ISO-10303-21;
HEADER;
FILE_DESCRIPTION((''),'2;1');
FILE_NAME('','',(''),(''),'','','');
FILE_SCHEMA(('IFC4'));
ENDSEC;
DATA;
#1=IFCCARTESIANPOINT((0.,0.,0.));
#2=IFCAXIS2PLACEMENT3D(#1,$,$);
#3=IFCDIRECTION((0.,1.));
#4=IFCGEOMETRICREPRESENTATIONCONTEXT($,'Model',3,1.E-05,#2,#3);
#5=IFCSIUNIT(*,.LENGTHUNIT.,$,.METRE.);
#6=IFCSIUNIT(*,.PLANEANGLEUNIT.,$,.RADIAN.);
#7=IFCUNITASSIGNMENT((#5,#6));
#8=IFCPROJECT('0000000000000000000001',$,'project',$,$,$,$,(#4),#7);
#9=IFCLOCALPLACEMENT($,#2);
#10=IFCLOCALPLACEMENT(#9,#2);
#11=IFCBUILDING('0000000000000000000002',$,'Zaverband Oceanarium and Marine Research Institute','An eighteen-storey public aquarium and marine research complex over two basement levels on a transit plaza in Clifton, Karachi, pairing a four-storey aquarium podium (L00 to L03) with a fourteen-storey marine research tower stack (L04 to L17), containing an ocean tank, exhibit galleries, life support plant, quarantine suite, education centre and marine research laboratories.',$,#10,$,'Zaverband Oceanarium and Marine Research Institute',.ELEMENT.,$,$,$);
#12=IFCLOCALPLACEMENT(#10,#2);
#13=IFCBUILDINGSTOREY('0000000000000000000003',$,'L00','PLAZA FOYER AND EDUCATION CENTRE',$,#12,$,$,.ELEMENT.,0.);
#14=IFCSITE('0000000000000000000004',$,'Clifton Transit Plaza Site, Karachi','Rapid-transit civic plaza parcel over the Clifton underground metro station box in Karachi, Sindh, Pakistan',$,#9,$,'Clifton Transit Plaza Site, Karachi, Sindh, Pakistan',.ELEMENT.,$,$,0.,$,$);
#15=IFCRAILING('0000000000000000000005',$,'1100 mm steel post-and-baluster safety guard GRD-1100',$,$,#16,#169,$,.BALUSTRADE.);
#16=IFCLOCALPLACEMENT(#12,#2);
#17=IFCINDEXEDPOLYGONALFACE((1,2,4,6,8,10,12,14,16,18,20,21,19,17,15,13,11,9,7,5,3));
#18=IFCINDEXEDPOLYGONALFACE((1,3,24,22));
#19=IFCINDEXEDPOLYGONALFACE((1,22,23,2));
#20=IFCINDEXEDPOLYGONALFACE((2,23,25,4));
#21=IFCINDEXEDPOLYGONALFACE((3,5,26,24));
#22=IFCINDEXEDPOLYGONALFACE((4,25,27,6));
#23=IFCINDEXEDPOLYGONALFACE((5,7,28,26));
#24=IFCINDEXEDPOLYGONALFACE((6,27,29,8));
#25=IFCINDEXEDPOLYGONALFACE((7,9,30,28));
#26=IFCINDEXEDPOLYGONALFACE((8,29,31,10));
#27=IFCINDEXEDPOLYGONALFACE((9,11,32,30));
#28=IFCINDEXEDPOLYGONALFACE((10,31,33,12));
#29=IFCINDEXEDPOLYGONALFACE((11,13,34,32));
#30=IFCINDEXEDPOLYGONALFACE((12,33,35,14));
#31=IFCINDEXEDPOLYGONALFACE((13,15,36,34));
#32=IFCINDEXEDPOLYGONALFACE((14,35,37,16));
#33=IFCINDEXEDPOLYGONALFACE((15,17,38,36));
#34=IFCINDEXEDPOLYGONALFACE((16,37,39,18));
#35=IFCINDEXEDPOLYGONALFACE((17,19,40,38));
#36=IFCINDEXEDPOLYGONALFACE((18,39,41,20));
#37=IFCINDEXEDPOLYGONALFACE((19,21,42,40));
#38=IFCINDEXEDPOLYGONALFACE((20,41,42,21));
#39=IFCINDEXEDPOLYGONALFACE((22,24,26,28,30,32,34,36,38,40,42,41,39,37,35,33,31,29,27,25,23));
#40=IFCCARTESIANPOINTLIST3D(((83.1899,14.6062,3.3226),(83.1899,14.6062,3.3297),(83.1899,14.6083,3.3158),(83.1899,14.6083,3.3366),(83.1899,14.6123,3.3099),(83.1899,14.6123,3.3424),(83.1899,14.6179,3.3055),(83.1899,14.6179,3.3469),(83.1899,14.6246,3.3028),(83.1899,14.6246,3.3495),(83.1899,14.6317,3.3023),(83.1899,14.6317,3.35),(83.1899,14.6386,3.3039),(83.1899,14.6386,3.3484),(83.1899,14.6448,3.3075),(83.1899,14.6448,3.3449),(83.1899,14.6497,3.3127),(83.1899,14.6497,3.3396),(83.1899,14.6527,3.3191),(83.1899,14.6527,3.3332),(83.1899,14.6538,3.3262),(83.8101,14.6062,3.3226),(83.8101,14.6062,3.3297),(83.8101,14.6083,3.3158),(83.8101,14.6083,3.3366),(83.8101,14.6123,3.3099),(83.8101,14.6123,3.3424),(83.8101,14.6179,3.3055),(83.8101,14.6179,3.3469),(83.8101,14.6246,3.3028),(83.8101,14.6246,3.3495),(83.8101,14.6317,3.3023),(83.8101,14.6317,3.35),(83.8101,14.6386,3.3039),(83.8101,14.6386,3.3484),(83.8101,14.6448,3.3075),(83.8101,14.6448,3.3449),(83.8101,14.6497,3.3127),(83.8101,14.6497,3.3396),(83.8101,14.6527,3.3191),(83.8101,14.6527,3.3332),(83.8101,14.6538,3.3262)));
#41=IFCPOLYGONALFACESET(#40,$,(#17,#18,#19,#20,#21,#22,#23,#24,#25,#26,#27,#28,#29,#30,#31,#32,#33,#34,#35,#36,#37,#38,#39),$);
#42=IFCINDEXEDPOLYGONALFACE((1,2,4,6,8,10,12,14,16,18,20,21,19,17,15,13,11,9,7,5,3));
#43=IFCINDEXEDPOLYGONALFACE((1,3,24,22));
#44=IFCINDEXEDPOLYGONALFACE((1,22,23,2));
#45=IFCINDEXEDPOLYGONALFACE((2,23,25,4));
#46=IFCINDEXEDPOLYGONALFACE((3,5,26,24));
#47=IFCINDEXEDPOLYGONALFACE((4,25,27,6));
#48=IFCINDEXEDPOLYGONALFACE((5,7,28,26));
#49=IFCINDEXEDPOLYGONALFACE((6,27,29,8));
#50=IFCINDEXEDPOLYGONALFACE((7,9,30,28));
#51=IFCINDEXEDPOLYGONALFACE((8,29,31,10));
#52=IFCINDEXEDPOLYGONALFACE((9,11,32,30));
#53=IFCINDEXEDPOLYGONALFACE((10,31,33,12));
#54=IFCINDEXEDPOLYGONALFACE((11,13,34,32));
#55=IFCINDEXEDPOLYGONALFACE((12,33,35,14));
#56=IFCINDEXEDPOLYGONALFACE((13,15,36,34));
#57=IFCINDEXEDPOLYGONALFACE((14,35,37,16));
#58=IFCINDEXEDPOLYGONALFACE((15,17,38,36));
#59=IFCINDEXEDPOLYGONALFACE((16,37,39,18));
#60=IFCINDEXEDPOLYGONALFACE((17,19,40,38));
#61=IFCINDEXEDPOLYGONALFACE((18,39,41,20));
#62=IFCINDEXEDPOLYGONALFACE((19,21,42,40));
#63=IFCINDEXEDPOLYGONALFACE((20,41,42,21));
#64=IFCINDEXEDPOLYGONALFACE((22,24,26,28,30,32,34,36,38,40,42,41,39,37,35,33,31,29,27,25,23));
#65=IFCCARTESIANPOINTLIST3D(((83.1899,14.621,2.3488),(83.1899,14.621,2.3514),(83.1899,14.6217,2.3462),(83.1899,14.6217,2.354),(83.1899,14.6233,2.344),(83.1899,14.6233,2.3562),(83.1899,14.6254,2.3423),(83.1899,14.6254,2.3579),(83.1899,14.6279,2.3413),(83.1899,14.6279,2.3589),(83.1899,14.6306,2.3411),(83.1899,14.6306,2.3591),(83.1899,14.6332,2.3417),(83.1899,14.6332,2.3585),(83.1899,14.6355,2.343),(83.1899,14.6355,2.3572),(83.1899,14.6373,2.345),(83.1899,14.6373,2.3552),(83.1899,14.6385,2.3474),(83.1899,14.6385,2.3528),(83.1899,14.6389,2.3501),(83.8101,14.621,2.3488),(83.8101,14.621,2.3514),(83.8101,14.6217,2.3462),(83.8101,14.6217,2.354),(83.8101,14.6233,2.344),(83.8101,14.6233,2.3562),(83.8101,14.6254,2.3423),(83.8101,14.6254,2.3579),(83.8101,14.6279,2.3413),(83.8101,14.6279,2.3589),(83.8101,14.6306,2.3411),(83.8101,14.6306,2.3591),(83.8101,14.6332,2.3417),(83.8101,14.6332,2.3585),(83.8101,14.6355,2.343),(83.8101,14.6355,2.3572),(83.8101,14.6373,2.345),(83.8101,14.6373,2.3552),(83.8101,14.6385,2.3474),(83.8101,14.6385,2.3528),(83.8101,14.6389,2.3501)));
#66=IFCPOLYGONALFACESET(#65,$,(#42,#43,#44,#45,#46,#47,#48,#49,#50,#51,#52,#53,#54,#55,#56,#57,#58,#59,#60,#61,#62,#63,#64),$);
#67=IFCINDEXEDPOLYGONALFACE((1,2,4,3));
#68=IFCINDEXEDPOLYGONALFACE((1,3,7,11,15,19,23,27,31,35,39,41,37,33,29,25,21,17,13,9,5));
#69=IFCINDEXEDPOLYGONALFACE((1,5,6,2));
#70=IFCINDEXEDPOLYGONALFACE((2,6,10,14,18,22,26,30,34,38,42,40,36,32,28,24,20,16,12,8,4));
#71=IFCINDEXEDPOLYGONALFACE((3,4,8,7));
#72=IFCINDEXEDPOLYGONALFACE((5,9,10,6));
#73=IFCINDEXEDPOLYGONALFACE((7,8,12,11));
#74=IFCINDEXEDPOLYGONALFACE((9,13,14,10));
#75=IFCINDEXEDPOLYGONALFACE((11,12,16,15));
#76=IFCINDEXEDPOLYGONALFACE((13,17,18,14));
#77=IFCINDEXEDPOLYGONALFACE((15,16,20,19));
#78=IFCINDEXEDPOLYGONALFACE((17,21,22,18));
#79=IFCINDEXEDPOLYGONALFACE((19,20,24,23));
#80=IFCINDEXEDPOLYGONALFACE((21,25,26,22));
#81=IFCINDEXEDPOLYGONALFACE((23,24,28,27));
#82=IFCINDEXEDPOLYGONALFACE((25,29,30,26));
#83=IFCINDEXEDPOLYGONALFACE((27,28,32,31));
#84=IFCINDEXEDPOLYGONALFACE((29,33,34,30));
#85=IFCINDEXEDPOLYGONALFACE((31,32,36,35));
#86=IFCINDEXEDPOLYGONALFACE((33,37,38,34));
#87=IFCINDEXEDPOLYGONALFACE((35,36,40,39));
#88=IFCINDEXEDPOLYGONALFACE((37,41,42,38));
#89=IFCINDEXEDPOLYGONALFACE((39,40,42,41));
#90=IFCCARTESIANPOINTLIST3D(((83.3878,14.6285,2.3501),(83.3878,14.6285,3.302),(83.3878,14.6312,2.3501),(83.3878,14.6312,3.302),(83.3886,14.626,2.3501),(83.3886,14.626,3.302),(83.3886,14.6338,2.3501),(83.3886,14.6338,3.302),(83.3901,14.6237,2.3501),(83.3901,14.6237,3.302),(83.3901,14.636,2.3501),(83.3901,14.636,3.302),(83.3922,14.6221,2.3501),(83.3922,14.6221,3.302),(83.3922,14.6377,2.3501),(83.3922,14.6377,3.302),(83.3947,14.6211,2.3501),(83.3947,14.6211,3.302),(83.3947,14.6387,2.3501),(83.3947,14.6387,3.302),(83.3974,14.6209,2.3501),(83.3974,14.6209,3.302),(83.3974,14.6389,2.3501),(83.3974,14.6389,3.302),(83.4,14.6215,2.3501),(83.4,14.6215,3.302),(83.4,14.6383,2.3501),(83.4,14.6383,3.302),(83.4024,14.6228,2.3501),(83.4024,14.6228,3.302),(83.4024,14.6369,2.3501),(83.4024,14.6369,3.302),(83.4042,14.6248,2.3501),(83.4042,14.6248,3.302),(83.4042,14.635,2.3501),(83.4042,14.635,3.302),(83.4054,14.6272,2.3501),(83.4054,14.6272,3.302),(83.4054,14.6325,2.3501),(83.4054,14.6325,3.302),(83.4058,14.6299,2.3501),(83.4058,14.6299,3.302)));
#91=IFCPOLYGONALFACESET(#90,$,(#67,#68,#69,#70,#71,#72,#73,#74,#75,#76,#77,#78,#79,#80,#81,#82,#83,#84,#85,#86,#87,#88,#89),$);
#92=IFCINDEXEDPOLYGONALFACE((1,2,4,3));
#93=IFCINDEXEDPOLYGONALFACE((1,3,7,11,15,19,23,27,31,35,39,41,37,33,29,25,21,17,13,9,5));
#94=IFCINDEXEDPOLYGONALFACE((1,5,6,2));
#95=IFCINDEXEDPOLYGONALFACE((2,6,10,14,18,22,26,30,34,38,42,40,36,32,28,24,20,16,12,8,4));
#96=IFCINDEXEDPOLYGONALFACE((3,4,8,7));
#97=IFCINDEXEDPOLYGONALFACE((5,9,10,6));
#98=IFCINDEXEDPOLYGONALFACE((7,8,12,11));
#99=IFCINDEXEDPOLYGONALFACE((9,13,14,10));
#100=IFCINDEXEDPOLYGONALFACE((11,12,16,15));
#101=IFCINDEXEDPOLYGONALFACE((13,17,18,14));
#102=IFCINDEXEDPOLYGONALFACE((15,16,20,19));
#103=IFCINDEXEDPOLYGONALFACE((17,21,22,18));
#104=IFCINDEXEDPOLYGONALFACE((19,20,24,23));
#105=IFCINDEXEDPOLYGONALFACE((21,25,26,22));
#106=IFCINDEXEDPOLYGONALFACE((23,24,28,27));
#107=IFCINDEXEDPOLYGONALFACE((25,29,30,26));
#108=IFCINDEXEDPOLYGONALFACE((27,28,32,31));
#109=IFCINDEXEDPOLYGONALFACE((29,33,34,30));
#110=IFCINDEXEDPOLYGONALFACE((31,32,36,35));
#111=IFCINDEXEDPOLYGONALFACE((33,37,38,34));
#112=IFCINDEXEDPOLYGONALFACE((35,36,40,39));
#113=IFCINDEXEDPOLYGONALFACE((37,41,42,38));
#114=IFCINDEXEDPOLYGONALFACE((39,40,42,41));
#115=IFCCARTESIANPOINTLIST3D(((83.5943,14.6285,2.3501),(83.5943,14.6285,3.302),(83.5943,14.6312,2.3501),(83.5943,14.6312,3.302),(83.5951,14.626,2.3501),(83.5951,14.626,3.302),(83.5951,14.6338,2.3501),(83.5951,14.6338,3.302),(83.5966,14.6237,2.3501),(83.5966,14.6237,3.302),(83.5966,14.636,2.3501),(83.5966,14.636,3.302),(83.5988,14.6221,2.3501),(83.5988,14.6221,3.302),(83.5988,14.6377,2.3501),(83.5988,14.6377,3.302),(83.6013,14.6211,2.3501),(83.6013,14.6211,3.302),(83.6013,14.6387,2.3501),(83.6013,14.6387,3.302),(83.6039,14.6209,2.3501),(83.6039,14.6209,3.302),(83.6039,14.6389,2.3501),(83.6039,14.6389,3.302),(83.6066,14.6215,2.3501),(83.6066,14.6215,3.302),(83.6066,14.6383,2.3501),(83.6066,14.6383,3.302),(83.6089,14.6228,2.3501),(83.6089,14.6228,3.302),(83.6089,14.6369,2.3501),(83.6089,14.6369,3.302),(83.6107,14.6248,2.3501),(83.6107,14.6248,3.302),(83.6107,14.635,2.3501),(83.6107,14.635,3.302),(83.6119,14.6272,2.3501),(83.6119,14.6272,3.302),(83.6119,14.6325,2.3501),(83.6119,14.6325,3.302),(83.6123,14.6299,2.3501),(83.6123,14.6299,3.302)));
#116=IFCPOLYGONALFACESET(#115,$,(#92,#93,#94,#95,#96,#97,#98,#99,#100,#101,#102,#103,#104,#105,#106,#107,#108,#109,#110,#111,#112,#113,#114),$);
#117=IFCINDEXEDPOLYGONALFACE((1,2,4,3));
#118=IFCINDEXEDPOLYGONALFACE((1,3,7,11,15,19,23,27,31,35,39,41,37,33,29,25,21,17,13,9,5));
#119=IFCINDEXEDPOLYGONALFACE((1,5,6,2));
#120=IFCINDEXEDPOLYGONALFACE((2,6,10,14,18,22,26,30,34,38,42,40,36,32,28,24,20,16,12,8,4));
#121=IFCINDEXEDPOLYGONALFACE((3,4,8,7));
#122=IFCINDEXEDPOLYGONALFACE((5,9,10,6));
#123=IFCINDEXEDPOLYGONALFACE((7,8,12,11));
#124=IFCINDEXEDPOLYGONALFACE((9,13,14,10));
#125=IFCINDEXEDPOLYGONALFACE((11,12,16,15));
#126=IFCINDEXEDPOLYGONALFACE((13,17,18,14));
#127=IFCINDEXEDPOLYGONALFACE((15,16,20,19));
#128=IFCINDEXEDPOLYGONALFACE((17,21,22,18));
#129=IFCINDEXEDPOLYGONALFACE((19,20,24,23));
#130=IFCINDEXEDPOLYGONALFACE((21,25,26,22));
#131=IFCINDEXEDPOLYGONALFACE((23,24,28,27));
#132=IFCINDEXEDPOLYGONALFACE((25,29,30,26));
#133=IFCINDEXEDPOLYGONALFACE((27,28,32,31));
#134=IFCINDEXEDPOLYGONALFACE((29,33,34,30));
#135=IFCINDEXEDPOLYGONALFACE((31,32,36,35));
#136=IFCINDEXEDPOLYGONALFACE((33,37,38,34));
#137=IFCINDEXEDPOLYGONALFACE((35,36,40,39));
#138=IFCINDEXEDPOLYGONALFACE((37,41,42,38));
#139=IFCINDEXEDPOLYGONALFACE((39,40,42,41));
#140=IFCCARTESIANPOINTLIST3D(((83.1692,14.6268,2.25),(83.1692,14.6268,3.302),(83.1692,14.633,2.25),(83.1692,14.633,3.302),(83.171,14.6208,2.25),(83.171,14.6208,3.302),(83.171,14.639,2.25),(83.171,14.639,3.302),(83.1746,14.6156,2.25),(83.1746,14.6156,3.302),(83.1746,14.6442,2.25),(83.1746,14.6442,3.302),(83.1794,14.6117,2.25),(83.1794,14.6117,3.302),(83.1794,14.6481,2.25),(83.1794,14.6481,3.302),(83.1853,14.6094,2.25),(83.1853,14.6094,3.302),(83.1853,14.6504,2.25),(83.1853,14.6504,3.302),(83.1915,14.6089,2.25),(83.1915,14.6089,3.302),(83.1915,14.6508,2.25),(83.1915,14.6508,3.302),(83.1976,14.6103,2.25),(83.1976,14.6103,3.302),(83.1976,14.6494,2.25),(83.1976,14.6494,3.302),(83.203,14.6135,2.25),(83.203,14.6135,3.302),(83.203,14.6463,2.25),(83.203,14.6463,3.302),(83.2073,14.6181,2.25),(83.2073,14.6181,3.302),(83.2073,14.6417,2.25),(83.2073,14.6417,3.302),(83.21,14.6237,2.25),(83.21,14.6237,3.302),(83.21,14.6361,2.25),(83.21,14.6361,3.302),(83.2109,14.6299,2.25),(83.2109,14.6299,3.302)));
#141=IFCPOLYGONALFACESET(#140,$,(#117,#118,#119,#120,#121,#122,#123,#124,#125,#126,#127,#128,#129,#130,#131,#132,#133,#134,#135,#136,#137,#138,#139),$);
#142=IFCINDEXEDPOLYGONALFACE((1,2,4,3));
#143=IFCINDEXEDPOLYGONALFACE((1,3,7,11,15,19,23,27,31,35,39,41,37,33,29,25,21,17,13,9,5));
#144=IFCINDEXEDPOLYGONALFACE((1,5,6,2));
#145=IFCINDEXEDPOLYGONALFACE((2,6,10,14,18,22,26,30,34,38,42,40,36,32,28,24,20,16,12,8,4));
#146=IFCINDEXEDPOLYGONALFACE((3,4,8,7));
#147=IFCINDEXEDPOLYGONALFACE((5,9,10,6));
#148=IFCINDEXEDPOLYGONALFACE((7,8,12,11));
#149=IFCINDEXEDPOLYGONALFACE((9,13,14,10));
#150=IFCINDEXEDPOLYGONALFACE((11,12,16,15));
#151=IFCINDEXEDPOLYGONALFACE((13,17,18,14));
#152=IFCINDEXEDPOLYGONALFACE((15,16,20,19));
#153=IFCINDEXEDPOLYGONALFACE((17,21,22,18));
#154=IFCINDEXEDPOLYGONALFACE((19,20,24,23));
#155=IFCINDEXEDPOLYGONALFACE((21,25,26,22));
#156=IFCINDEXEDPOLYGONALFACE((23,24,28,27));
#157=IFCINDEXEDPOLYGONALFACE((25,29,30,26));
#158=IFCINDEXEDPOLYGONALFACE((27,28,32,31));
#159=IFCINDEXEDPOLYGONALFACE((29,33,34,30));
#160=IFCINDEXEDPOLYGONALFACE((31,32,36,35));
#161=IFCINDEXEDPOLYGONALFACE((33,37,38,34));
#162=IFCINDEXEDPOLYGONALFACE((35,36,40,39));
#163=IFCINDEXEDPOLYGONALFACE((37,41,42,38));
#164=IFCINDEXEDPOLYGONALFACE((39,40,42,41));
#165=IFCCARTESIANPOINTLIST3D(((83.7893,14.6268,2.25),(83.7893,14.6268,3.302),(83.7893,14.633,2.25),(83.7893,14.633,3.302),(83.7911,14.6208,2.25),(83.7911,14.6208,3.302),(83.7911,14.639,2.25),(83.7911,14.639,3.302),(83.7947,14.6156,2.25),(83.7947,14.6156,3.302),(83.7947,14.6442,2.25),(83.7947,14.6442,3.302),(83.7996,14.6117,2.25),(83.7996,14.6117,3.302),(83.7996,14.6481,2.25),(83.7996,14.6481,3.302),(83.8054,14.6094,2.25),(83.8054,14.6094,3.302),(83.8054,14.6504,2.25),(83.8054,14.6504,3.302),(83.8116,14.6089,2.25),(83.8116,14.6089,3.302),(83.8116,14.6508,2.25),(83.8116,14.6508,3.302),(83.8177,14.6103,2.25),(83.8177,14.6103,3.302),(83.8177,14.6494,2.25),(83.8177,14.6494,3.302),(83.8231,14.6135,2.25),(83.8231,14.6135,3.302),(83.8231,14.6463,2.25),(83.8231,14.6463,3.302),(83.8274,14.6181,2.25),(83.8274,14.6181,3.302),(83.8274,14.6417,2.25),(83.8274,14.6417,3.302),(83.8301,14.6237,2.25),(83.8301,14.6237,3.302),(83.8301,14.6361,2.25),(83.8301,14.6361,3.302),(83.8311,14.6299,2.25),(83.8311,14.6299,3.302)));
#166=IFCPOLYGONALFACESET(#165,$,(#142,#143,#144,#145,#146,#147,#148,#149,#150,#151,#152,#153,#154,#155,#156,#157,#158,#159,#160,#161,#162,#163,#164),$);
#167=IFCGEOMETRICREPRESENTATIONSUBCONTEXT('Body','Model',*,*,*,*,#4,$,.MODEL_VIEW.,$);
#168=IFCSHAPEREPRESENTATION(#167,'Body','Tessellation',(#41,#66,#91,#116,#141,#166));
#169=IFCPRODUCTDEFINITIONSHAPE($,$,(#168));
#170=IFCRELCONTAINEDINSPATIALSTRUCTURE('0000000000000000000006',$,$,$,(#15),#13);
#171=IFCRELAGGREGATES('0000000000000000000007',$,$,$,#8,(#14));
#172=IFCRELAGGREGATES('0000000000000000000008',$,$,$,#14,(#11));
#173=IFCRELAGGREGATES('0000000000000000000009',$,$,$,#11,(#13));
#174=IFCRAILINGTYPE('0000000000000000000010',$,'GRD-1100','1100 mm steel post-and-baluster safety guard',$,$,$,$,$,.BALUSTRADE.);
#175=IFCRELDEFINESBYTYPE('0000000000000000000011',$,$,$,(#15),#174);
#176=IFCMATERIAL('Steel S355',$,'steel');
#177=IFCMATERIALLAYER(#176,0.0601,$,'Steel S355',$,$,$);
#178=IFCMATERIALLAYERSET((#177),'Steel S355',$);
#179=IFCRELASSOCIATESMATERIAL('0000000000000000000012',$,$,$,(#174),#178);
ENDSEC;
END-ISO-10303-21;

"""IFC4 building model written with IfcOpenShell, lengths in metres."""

from ifc_helpers import new_model, si_unit, direction, frame, origin, origin_2d, place, context, subcontext, project, spatial, circle, extrude, material, layer, layer_set, type_object, element, save


model = new_model("IFC4")

# Units and contexts
model_context = context("Model", 3, precision=1e-05, world=origin(), true_north=direction((0.0, 1.0)))
body_context = subcontext(model_context, "Body", "Model", "MODEL_VIEW")
ifc_project = project(units=[si_unit("LENGTHUNIT", "METRE"), si_unit("PLANEANGLEUNIT", "RADIAN")], contexts=[model_context])

# Site, building, storey
site_placement = place(None, origin())
site = spatial("IfcSite", under=ifc_project, at=site_placement, Name="Clifton Transit Plaza Site, Karachi", Description="Rapid-transit civic plaza parcel over the Clifton underground metro station box in Karachi, Sindh, Pakistan", LongName="Clifton Transit Plaza Site, Karachi, Sindh, Pakistan", CompositionType="ELEMENT", RefElevation=0.0)
building_placement = place(site_placement, origin())
building = spatial("IfcBuilding", under=site, at=building_placement, Name="Zaverband Oceanarium and Marine Research Institute", Description="An eighteen-storey public aquarium and marine research complex over two basement levels on a transit plaza in Clifton, Karachi, pairing a four-storey aquarium podium (L00 to L03) with a fourteen-storey marine research tower stack (L04 to L17), containing an ocean tank, exhibit galleries, life support plant, quarantine suite, education centre and marine research laboratories.", LongName="Zaverband Oceanarium and Marine Research Institute", CompositionType="ELEMENT")
storey_placement = place(building_placement, origin())
storey = spatial("IfcBuildingStorey", under=building, at=storey_placement, Name="L00", Description="PLAZA FOYER AND EDUCATION CENTRE", CompositionType="ELEMENT", Elevation=0.0)

# Shared definitions
ifc_material_1 = material(Name="Steel S355", Category="steel")

# Railing
ifc_layer_1 = layer(ifc_material_1, 0.0601, Name="Steel S355")
ifc_layer_set_1 = layer_set([ifc_layer_1], Name="Steel S355")
railing_type_1 = type_object("IfcRailingType", Name="GRD-1100", Description="1100 mm steel post-and-baluster safety guard", PredefinedType="BALUSTRADE", material=ifc_layer_set_1)
for number, where, name in (
    (1, (83.1899, 14.6299, 2.25), "1100 mm steel post-and-baluster safety guard GRD-1100"),
):
    element("IfcRailing", number, at=place(storey_placement, frame(where)), inside=storey, type_object=railing_type_1, Name=name, PredefinedType="BALUSTRADE", context=body_context, shape_type="SweptSolid", body=[
        extrude(circle(Radius=0.0239, at=origin_2d()), frame((0.0, 0.0, 1.0762), z_axis=(1.0, 0.0, 0.0), x_axis=(0.0, 1.0, 0.0)), (0.0, 0.0, 1.0), 0.6201),
        extrude(circle(Radius=0.009, at=origin_2d()), frame((0.0, 0.0, 0.1001), z_axis=(1.0, 0.0, 0.0), x_axis=(0.0, 1.0, 0.0)), (0.0, 0.0, 1.0), 0.6201),
        extrude(circle(Radius=0.009, at=origin_2d()), frame((0.2068, 0.0, 0.1001)), (0.0, 0.0, 1.0), 0.9519),
        extrude(circle(Radius=0.009, at=origin_2d()), frame((0.4133, 0.0, 0.1001)), (0.0, 0.0, 1.0), 0.9519),
        extrude(circle(Radius=0.021, at=origin_2d()), origin(), (0.0, 0.0, 1.0), 1.052),
        extrude(circle(Radius=0.021, at=origin_2d()), frame((0.6201, 0.0, 0.0)), (0.0, 0.0, 1.0), 1.052),
    ])

save(model, "model.ifc")
